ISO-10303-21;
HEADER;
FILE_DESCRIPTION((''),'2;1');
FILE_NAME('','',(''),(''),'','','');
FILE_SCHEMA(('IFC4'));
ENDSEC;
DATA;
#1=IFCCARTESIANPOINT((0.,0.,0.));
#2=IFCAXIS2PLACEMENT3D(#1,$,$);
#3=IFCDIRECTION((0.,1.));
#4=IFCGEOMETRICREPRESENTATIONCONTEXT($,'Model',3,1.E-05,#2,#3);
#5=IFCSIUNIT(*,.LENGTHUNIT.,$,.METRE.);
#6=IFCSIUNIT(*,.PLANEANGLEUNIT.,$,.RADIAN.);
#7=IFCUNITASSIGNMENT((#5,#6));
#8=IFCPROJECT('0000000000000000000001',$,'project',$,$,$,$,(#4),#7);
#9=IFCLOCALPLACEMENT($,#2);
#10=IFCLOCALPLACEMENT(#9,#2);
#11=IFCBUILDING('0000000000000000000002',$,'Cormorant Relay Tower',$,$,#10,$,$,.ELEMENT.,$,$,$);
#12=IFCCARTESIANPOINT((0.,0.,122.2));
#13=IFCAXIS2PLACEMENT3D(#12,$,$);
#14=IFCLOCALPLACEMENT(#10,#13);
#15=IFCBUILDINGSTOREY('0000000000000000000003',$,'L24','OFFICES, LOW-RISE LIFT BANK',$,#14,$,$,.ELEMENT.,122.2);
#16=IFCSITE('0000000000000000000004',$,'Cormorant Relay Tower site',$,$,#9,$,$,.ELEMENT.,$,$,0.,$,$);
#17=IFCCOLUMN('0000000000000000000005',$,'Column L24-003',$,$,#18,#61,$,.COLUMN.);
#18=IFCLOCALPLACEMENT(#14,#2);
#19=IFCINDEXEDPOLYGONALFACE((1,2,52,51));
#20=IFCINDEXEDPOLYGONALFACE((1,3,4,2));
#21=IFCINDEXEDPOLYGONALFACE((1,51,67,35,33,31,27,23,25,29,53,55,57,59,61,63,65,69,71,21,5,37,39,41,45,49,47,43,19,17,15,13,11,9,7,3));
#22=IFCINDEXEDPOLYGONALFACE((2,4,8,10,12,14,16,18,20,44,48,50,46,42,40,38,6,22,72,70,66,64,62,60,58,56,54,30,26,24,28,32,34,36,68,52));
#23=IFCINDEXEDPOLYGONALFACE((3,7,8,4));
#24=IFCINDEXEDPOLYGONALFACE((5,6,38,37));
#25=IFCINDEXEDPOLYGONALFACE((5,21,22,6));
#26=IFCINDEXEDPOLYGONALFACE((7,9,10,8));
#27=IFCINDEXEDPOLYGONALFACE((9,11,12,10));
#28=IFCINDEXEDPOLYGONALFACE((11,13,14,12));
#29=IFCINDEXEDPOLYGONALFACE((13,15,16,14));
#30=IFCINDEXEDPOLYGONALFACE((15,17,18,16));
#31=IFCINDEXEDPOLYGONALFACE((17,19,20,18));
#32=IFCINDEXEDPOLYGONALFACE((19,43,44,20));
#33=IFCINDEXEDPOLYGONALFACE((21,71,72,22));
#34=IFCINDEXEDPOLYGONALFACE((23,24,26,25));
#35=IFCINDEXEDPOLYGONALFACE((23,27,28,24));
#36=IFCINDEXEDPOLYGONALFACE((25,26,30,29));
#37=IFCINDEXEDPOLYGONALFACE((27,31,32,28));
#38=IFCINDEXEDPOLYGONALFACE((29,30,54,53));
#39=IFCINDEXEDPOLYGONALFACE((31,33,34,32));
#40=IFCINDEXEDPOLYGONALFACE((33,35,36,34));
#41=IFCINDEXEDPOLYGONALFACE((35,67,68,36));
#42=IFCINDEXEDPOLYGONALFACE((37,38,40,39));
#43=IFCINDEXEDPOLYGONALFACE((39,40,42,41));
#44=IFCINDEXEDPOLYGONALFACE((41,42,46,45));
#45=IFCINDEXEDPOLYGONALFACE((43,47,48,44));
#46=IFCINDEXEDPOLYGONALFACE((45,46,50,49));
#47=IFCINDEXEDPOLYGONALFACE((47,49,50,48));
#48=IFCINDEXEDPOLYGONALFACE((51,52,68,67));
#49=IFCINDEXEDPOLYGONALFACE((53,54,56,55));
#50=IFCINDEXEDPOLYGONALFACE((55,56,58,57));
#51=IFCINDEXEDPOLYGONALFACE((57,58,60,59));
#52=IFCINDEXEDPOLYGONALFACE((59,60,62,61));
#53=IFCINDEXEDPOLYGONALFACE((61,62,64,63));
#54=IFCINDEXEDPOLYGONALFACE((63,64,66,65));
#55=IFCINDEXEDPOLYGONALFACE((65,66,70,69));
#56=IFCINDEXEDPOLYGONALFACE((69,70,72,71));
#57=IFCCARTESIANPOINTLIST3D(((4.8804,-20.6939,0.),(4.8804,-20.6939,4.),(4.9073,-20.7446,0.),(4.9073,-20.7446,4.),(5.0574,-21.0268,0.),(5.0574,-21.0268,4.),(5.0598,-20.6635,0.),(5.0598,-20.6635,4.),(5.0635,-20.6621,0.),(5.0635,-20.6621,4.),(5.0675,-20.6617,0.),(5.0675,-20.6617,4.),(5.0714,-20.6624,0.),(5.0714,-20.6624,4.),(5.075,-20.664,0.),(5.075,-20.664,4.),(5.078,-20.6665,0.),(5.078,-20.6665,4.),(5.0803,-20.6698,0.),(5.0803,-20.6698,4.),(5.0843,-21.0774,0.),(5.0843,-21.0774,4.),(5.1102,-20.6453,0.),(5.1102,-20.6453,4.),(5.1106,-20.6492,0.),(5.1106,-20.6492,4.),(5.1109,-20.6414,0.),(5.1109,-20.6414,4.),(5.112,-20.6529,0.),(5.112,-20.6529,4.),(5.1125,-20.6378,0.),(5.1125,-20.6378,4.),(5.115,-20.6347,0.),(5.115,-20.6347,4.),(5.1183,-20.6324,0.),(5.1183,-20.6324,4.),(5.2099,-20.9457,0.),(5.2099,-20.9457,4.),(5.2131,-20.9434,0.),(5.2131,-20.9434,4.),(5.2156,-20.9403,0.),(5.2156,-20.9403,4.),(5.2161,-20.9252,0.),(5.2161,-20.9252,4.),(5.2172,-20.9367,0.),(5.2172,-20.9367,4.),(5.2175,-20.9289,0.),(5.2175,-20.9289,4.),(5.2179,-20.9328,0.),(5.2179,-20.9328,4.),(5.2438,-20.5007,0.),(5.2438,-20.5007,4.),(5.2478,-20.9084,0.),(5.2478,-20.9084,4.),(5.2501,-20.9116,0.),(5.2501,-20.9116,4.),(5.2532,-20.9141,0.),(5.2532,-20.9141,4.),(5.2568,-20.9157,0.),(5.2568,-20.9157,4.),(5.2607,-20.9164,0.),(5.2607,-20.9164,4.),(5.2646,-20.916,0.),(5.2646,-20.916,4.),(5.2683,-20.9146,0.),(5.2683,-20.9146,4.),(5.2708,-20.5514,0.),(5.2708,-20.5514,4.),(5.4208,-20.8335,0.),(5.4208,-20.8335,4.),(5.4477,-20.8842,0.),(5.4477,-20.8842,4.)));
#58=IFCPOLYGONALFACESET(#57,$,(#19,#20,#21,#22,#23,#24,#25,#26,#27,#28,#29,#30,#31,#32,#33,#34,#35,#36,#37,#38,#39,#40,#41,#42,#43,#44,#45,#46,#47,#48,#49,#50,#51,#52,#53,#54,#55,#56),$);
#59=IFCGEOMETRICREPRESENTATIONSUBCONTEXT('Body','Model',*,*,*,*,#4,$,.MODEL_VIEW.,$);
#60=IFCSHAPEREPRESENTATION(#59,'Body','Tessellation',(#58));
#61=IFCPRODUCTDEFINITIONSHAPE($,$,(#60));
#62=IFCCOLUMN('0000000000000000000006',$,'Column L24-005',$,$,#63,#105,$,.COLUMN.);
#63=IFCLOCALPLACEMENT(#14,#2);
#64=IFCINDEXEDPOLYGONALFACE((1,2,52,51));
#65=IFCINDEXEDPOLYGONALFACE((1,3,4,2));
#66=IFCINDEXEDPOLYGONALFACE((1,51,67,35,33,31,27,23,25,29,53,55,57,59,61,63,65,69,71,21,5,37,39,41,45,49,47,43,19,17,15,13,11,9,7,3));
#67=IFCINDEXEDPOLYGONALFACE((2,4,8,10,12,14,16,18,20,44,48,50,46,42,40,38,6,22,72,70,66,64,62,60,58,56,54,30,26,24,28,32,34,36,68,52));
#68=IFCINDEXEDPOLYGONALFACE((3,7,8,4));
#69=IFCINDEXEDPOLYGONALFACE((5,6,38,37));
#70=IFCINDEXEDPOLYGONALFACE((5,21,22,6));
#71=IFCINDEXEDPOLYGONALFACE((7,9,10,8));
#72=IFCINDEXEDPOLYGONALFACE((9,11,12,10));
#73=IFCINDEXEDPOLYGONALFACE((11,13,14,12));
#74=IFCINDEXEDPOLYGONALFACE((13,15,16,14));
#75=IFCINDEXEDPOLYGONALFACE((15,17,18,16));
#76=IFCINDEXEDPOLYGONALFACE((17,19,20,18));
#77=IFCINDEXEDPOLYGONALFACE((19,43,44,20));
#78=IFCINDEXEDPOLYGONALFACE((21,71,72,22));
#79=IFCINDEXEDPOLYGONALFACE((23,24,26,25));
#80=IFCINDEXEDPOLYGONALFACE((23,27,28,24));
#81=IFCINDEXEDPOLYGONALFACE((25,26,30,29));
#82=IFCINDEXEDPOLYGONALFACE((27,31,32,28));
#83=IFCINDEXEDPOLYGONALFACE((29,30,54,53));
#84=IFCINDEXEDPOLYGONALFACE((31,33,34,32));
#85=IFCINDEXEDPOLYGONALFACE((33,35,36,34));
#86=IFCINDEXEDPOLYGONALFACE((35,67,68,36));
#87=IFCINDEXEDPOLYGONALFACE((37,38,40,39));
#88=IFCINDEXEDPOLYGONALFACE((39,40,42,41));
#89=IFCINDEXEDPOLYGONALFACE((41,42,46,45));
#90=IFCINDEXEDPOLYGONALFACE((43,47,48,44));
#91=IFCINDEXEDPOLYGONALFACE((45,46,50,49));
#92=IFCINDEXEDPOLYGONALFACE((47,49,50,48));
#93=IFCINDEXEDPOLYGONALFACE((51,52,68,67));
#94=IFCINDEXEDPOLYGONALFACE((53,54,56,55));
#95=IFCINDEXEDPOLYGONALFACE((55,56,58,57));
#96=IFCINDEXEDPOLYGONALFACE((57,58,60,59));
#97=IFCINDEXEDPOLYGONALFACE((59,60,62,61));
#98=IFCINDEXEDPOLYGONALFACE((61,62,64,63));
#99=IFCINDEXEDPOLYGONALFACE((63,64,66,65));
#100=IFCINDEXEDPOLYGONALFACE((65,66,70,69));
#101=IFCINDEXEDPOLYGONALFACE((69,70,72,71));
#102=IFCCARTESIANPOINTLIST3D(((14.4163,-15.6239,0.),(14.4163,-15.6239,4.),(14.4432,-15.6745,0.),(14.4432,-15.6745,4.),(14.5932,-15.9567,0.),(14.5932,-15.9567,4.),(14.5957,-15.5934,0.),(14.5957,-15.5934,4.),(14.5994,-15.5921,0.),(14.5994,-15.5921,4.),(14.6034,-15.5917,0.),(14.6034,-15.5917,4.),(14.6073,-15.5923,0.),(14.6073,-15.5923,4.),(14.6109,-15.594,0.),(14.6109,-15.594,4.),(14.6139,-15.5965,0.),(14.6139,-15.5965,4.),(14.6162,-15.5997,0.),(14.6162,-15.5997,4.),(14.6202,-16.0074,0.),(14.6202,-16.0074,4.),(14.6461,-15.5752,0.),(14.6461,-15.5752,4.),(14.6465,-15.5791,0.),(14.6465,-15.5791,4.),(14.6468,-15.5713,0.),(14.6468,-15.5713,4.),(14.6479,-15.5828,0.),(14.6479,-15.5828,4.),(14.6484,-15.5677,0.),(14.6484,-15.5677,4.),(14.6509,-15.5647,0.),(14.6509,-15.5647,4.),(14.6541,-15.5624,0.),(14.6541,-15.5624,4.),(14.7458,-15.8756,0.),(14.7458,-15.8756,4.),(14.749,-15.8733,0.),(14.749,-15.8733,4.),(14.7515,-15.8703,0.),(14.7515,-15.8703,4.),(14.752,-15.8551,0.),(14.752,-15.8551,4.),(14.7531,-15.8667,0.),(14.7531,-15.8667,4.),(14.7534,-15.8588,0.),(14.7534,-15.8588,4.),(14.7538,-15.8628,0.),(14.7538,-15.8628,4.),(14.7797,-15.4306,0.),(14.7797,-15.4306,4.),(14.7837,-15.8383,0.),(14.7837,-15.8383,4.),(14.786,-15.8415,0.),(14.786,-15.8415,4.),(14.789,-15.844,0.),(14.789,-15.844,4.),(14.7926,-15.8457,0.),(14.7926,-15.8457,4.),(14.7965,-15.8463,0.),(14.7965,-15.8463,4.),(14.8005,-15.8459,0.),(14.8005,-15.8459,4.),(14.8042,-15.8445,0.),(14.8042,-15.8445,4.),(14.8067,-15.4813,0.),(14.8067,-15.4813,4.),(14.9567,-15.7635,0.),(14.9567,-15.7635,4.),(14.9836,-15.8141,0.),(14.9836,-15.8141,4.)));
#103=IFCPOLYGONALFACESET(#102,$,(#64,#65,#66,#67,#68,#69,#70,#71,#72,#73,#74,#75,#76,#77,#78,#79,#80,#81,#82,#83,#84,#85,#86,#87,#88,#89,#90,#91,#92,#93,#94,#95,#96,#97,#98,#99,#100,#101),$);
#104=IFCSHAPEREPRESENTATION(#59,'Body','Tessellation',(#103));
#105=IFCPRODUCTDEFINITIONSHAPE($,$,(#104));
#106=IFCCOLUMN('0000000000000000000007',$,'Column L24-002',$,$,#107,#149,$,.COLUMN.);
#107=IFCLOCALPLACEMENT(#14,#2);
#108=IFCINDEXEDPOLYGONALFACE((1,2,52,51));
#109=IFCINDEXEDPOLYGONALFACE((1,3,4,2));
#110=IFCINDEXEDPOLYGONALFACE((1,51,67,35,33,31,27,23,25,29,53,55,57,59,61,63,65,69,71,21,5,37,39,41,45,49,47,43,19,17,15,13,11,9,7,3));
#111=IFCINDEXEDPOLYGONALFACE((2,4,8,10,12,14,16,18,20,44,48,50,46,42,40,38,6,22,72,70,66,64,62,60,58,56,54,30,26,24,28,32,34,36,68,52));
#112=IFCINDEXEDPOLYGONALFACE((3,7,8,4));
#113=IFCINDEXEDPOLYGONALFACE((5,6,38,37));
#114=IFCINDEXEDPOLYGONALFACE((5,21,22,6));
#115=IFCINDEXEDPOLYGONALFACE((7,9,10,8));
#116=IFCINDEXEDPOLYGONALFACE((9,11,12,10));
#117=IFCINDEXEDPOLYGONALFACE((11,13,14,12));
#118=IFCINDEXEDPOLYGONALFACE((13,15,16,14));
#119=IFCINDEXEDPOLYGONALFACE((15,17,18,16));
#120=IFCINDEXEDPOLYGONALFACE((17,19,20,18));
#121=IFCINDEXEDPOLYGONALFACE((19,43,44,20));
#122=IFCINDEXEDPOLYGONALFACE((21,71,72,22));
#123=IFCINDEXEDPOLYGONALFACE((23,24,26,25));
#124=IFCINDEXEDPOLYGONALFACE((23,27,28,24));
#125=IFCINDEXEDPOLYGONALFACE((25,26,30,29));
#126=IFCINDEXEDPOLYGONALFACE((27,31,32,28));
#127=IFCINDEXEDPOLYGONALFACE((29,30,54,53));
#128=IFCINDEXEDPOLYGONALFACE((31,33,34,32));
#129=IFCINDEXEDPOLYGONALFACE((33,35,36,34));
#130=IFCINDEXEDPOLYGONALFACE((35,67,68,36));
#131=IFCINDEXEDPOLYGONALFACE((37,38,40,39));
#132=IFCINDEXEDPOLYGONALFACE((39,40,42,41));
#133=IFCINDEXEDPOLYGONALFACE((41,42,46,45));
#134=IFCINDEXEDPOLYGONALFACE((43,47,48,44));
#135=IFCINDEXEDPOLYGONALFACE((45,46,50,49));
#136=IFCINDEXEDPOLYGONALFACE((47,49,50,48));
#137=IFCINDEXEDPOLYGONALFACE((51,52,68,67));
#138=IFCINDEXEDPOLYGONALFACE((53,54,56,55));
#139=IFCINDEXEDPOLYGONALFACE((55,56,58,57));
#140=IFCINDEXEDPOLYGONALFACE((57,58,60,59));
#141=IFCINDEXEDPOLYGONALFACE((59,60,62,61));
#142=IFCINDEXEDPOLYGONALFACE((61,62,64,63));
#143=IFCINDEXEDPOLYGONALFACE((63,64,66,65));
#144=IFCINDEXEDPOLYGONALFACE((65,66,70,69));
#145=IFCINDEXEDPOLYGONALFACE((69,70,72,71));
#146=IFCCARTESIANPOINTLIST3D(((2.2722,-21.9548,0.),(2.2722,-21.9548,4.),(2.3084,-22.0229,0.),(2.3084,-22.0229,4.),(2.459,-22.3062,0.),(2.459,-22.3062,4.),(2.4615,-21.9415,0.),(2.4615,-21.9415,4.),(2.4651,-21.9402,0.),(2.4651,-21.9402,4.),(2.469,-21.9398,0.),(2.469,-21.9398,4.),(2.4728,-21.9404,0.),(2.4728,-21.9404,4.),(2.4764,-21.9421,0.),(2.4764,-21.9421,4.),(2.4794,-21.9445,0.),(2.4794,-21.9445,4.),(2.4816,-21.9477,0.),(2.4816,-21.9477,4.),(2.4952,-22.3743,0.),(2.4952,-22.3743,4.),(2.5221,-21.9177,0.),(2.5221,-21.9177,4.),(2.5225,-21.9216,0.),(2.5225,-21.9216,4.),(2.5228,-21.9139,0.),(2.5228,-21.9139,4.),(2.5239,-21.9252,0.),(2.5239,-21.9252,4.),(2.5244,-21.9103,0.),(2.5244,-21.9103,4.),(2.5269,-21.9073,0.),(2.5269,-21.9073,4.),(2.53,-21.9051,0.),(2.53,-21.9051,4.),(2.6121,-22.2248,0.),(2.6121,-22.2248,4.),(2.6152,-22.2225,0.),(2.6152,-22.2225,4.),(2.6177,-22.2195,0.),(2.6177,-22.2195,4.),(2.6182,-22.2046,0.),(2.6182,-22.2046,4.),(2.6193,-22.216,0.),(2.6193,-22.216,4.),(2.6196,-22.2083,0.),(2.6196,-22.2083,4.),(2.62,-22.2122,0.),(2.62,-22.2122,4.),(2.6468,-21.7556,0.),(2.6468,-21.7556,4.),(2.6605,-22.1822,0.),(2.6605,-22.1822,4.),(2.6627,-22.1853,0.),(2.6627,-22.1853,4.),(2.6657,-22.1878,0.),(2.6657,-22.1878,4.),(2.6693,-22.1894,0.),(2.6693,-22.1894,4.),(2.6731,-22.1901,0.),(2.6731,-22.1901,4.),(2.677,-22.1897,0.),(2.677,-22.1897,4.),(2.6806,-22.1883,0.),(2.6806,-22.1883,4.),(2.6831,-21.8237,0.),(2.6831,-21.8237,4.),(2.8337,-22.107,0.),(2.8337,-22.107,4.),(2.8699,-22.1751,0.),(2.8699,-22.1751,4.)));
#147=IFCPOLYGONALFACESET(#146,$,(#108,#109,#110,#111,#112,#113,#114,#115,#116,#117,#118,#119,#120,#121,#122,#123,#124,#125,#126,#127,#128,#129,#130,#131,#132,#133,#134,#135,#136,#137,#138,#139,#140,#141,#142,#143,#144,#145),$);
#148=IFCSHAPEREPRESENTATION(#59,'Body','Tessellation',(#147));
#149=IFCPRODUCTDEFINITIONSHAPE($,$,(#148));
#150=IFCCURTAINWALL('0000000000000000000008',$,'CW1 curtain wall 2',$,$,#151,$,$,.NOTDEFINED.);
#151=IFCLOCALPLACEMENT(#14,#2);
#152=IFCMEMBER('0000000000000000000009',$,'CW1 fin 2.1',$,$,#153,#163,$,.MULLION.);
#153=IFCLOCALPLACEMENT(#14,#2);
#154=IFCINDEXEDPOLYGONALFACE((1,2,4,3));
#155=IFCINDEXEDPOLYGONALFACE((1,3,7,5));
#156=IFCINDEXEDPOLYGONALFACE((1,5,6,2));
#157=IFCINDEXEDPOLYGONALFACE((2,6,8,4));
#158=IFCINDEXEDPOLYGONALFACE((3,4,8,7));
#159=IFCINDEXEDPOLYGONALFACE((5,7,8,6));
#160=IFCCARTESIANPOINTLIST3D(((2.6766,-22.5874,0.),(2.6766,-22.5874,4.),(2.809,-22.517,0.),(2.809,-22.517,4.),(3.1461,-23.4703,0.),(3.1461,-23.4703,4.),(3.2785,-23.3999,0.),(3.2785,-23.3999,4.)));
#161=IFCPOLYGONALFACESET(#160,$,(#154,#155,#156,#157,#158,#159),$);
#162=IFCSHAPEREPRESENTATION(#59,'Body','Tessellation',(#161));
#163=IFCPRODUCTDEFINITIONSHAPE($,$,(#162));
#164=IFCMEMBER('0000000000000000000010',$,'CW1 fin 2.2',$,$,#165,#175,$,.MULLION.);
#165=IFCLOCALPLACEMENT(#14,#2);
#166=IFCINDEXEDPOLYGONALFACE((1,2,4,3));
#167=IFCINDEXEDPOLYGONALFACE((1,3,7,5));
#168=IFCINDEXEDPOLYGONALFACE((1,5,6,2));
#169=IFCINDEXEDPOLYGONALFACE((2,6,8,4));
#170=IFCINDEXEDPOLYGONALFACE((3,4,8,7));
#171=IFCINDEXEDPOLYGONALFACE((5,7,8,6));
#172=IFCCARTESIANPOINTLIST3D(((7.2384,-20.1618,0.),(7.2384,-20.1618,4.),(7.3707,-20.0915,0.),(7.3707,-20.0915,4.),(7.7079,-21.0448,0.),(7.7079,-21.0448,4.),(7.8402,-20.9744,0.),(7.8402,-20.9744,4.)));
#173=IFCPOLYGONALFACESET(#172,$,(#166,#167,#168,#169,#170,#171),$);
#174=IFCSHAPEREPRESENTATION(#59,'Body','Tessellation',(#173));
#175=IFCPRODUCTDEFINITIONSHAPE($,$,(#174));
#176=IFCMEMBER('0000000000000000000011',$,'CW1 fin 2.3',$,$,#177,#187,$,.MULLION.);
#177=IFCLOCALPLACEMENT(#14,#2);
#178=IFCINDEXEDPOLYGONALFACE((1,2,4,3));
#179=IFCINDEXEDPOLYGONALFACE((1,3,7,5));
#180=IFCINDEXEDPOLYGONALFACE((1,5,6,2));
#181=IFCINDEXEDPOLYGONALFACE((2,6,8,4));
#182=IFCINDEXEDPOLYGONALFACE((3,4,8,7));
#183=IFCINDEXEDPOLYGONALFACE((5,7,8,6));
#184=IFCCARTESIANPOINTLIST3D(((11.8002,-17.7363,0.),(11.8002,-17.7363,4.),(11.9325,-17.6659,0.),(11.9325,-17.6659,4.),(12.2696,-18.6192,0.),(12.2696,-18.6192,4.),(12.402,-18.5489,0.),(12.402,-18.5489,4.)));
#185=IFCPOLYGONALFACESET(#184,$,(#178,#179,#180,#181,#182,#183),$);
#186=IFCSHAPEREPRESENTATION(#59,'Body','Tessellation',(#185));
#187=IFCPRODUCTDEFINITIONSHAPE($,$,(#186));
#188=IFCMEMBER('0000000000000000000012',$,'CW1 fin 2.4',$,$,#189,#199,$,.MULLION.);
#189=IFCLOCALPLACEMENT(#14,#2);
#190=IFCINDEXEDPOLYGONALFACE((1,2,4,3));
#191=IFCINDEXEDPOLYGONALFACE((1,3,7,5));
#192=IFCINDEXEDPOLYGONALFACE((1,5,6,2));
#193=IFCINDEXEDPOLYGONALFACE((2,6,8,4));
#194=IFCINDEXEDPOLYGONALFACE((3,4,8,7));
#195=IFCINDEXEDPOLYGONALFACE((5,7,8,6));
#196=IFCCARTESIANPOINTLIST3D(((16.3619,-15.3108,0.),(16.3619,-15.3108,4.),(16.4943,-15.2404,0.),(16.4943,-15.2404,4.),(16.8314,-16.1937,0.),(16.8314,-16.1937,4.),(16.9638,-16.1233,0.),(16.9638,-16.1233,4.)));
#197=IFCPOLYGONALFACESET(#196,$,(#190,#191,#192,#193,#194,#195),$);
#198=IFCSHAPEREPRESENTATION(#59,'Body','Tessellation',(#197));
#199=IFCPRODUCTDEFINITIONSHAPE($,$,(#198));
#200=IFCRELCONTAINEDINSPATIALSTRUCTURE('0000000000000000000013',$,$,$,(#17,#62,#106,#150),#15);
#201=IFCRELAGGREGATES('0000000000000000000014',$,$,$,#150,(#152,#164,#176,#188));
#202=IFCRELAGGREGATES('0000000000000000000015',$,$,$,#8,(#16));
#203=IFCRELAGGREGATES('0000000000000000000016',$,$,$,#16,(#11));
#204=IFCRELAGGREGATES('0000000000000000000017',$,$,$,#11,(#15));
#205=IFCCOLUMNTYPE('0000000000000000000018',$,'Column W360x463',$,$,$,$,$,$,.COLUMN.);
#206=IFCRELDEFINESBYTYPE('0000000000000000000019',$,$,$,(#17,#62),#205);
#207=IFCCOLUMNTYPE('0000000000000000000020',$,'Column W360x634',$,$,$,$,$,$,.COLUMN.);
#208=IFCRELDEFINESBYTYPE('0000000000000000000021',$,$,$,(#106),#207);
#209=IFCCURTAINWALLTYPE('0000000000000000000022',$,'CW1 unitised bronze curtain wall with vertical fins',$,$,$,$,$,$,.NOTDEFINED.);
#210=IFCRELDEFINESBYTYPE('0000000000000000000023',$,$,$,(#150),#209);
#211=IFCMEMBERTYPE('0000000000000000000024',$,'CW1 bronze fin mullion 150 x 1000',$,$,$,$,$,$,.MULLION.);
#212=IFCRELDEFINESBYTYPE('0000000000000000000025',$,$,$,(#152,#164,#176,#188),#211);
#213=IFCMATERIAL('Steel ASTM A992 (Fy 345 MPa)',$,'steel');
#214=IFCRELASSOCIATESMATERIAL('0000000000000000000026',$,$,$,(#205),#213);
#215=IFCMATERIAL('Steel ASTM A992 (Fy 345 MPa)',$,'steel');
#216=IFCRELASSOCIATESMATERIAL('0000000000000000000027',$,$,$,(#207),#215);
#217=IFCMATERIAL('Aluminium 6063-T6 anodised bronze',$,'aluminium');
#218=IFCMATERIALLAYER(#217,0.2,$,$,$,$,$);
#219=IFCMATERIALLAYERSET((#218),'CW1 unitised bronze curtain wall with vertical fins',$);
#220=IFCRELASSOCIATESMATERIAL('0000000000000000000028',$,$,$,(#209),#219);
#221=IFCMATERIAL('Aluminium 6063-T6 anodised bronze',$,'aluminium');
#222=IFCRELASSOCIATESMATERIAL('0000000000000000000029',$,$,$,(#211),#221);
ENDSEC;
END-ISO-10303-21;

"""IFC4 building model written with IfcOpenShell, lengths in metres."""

from ifc_helpers import new_model, si_unit, direction, frame, origin, origin_2d, place, context, subcontext, project, spatial, rectangle, i_section, extrude, material, layer, layer_set, material_profile, profile_set, type_object, element, aggregate, save


model = new_model("IFC4")

# Units and contexts
model_context = context("Model", 3, precision=1e-05, world=origin(), true_north=direction((0.0, 1.0)))
body_context = subcontext(model_context, "Body", "Model", "MODEL_VIEW")
ifc_project = project(units=[si_unit("LENGTHUNIT", "METRE"), si_unit("PLANEANGLEUNIT", "RADIAN")], contexts=[model_context])

# Site, building, storey
site_placement = place(None, origin())
site = spatial("IfcSite", under=ifc_project, at=site_placement, Name="Cormorant Relay Tower site", CompositionType="ELEMENT", RefElevation=0.0)
building_placement = place(site_placement, origin())
building = spatial("IfcBuilding", under=site, at=building_placement, Name="Cormorant Relay Tower", CompositionType="ELEMENT")
storey_placement = place(building_placement, frame((0.0, 0.0, 122.2)))
storey = spatial("IfcBuildingStorey", under=building, at=storey_placement, Name="L24", Description="OFFICES, LOW-RISE LIFT BANK", CompositionType="ELEMENT", Elevation=122.2)

# Columns
ifc_material_1 = material(Name="Steel ASTM A992 (Fy 345 MPa)", Category="steel")
ifc_material_profile_1 = material_profile(ifc_material_1, i_section(OverallWidth=0.4116, OverallDepth=0.4343, WebThickness=0.0359, FlangeThickness=0.0574, FilletRadius=0.0151, at=origin_2d()), Name="W360x463")
ifc_profile_set_1 = profile_set([ifc_material_profile_1], Name="Steel ASTM A992 (Fy 345 MPa)")
column_type_1 = type_object("IfcColumnType", Name="Column W360x463", PredefinedType="COLUMN", material=ifc_profile_set_1)
for number, where, z_axis, x_axis, name in (
    (1, (5.1641, -20.7891, 0.0), (0.0, 0.0, 1.0), (0.882948, 0.469472, 0.0), "Column L24-003"),
    (2, (14.7, -15.719, 0.0), (0.0, 0.0, 1.0), (0.882948, 0.469472, 0.0), "Column L24-005"),
):
    element("IfcColumn", number, at=place(storey_placement, frame(where, z_axis=z_axis, x_axis=x_axis)), inside=storey, type_object=column_type_1, Name=name, PredefinedType="COLUMN", context=body_context, shape_type="SweptSolid", body=[
        extrude(i_section(OverallWidth=0.4116, OverallDepth=0.4343, WebThickness=0.0359, FlangeThickness=0.0574, FilletRadius=0.0151, at=origin_2d()), origin(), (0.0, 0.0, 1.0), 4.0),
    ])
ifc_material_2 = material(Name="Steel ASTM A992 (Fy 345 MPa)", Category="steel")
ifc_material_profile_2 = material_profile(ifc_material_2, i_section(OverallWidth=0.4243, OverallDepth=0.4751, WebThickness=0.0479, FlangeThickness=0.0771, FilletRadius=0.0149, at=origin_2d()), Name="W360x634")
ifc_profile_set_2 = profile_set([ifc_material_profile_2], Name="Steel ASTM A992 (Fy 345 MPa)")
column_type_2 = type_object("IfcColumnType", Name="Column W360x634", PredefinedType="COLUMN", material=ifc_profile_set_2)
column_placement = place(storey_placement, frame((2.571, -22.0649, 0.0), z_axis=(0.0, 0.0, 1.0), x_axis=(0.882948, 0.469472, 0.0)))
element("IfcColumn", 3, at=column_placement, inside=storey, type_object=column_type_2, Name="Column L24-002", PredefinedType="COLUMN", context=body_context, shape_type="SweptSolid", body=[
    extrude(i_section(OverallWidth=0.4243, OverallDepth=0.4751, WebThickness=0.0479, FlangeThickness=0.0771, FilletRadius=0.0149, at=origin_2d()), origin(), (0.0, 0.0, 1.0), 4.0),
])

# Curtain wall, members
ifc_material_3 = material(Name="Aluminium 6063-T6 anodised bronze", Category="aluminium")
ifc_layer_1 = layer(ifc_material_3, 0.2)
ifc_layer_set_1 = layer_set([ifc_layer_1], Name="CW1 unitised bronze curtain wall with vertical fins")
curtain_wall_type = type_object("IfcCurtainWallType", Name="CW1 unitised bronze curtain wall with vertical fins", PredefinedType="NOTDEFINED", material=ifc_layer_set_1)
curtain_wall_1_placement = place(storey_placement, origin())
curtain_wall_1 = element("IfcCurtainWall", 4, at=curtain_wall_1_placement, inside=storey, type_object=curtain_wall_type, Name="CW1 curtain wall 2", PredefinedType="NOTDEFINED")
ifc_material_4 = material(Name="Aluminium 6063-T6 anodised bronze", Category="aluminium")
ifc_material_profile_3 = material_profile(ifc_material_4, rectangle(XDim=0.1499, YDim=1.0, at=origin_2d()), Name="AL 150x1000")
ifc_profile_set_3 = profile_set([ifc_material_profile_3], Name="Aluminium 6063-T6 anodised bronze")
member_type_1 = type_object("IfcMemberType", Name="CW1 bronze fin mullion 150 x 1000", PredefinedType="MULLION", material=ifc_profile_set_3)
member_1_placement = place(storey_placement, frame((2.9775, -22.9937, 0.0), z_axis=(0.0, 0.0, 1.0), x_axis=(0.882948, 0.469472, 0.0)))
member_1 = element("IfcMember", 5, at=member_1_placement, type_object=member_type_1, Name="CW1 fin 2.1", PredefinedType="MULLION", context=body_context, shape_type="SweptSolid", body=[
    extrude(rectangle(XDim=0.1499, YDim=1.0, at=origin_2d()), origin(), (0.0, 0.0, 1.0), 4.0),
])
member_2_placement = place(storey_placement, frame((7.5393, -20.5681, 0.0), z_axis=(0.0, 0.0, 1.0), x_axis=(0.882948, 0.469472, 0.0)))
member_2 = element("IfcMember", 6, at=member_2_placement, type_object=member_type_1, Name="CW1 fin 2.2", PredefinedType="MULLION", context=body_context, shape_type="SweptSolid", body=[
    extrude(rectangle(XDim=0.1499, YDim=1.0, at=origin_2d()), origin(), (0.0, 0.0, 1.0), 4.0),
])
member_3_placement = place(storey_placement, frame((12.1011, -18.1426, 0.0), z_axis=(0.0, 0.0, 1.0), x_axis=(0.882948, 0.469472, 0.0)))
member_3 = element("IfcMember", 7, at=member_3_placement, type_object=member_type_1, Name="CW1 fin 2.3", PredefinedType="MULLION", context=body_context, shape_type="SweptSolid", body=[
    extrude(rectangle(XDim=0.1499, YDim=1.0, at=origin_2d()), origin(), (0.0, 0.0, 1.0), 4.0),
])
member_4_placement = place(storey_placement, frame((16.6628, -15.717, 0.0), z_axis=(0.0, 0.0, 1.0), x_axis=(0.882948, 0.469472, 0.0)))
member_4 = element("IfcMember", 8, at=member_4_placement, type_object=member_type_1, Name="CW1 fin 2.4", PredefinedType="MULLION", context=body_context, shape_type="SweptSolid", body=[
    extrude(rectangle(XDim=0.1499, YDim=1.0, at=origin_2d()), origin(), (0.0, 0.0, 1.0), 4.0),
])

aggregate(curtain_wall_1, [member_1, member_2, member_3, member_4])

save(model, "model.ifc")
